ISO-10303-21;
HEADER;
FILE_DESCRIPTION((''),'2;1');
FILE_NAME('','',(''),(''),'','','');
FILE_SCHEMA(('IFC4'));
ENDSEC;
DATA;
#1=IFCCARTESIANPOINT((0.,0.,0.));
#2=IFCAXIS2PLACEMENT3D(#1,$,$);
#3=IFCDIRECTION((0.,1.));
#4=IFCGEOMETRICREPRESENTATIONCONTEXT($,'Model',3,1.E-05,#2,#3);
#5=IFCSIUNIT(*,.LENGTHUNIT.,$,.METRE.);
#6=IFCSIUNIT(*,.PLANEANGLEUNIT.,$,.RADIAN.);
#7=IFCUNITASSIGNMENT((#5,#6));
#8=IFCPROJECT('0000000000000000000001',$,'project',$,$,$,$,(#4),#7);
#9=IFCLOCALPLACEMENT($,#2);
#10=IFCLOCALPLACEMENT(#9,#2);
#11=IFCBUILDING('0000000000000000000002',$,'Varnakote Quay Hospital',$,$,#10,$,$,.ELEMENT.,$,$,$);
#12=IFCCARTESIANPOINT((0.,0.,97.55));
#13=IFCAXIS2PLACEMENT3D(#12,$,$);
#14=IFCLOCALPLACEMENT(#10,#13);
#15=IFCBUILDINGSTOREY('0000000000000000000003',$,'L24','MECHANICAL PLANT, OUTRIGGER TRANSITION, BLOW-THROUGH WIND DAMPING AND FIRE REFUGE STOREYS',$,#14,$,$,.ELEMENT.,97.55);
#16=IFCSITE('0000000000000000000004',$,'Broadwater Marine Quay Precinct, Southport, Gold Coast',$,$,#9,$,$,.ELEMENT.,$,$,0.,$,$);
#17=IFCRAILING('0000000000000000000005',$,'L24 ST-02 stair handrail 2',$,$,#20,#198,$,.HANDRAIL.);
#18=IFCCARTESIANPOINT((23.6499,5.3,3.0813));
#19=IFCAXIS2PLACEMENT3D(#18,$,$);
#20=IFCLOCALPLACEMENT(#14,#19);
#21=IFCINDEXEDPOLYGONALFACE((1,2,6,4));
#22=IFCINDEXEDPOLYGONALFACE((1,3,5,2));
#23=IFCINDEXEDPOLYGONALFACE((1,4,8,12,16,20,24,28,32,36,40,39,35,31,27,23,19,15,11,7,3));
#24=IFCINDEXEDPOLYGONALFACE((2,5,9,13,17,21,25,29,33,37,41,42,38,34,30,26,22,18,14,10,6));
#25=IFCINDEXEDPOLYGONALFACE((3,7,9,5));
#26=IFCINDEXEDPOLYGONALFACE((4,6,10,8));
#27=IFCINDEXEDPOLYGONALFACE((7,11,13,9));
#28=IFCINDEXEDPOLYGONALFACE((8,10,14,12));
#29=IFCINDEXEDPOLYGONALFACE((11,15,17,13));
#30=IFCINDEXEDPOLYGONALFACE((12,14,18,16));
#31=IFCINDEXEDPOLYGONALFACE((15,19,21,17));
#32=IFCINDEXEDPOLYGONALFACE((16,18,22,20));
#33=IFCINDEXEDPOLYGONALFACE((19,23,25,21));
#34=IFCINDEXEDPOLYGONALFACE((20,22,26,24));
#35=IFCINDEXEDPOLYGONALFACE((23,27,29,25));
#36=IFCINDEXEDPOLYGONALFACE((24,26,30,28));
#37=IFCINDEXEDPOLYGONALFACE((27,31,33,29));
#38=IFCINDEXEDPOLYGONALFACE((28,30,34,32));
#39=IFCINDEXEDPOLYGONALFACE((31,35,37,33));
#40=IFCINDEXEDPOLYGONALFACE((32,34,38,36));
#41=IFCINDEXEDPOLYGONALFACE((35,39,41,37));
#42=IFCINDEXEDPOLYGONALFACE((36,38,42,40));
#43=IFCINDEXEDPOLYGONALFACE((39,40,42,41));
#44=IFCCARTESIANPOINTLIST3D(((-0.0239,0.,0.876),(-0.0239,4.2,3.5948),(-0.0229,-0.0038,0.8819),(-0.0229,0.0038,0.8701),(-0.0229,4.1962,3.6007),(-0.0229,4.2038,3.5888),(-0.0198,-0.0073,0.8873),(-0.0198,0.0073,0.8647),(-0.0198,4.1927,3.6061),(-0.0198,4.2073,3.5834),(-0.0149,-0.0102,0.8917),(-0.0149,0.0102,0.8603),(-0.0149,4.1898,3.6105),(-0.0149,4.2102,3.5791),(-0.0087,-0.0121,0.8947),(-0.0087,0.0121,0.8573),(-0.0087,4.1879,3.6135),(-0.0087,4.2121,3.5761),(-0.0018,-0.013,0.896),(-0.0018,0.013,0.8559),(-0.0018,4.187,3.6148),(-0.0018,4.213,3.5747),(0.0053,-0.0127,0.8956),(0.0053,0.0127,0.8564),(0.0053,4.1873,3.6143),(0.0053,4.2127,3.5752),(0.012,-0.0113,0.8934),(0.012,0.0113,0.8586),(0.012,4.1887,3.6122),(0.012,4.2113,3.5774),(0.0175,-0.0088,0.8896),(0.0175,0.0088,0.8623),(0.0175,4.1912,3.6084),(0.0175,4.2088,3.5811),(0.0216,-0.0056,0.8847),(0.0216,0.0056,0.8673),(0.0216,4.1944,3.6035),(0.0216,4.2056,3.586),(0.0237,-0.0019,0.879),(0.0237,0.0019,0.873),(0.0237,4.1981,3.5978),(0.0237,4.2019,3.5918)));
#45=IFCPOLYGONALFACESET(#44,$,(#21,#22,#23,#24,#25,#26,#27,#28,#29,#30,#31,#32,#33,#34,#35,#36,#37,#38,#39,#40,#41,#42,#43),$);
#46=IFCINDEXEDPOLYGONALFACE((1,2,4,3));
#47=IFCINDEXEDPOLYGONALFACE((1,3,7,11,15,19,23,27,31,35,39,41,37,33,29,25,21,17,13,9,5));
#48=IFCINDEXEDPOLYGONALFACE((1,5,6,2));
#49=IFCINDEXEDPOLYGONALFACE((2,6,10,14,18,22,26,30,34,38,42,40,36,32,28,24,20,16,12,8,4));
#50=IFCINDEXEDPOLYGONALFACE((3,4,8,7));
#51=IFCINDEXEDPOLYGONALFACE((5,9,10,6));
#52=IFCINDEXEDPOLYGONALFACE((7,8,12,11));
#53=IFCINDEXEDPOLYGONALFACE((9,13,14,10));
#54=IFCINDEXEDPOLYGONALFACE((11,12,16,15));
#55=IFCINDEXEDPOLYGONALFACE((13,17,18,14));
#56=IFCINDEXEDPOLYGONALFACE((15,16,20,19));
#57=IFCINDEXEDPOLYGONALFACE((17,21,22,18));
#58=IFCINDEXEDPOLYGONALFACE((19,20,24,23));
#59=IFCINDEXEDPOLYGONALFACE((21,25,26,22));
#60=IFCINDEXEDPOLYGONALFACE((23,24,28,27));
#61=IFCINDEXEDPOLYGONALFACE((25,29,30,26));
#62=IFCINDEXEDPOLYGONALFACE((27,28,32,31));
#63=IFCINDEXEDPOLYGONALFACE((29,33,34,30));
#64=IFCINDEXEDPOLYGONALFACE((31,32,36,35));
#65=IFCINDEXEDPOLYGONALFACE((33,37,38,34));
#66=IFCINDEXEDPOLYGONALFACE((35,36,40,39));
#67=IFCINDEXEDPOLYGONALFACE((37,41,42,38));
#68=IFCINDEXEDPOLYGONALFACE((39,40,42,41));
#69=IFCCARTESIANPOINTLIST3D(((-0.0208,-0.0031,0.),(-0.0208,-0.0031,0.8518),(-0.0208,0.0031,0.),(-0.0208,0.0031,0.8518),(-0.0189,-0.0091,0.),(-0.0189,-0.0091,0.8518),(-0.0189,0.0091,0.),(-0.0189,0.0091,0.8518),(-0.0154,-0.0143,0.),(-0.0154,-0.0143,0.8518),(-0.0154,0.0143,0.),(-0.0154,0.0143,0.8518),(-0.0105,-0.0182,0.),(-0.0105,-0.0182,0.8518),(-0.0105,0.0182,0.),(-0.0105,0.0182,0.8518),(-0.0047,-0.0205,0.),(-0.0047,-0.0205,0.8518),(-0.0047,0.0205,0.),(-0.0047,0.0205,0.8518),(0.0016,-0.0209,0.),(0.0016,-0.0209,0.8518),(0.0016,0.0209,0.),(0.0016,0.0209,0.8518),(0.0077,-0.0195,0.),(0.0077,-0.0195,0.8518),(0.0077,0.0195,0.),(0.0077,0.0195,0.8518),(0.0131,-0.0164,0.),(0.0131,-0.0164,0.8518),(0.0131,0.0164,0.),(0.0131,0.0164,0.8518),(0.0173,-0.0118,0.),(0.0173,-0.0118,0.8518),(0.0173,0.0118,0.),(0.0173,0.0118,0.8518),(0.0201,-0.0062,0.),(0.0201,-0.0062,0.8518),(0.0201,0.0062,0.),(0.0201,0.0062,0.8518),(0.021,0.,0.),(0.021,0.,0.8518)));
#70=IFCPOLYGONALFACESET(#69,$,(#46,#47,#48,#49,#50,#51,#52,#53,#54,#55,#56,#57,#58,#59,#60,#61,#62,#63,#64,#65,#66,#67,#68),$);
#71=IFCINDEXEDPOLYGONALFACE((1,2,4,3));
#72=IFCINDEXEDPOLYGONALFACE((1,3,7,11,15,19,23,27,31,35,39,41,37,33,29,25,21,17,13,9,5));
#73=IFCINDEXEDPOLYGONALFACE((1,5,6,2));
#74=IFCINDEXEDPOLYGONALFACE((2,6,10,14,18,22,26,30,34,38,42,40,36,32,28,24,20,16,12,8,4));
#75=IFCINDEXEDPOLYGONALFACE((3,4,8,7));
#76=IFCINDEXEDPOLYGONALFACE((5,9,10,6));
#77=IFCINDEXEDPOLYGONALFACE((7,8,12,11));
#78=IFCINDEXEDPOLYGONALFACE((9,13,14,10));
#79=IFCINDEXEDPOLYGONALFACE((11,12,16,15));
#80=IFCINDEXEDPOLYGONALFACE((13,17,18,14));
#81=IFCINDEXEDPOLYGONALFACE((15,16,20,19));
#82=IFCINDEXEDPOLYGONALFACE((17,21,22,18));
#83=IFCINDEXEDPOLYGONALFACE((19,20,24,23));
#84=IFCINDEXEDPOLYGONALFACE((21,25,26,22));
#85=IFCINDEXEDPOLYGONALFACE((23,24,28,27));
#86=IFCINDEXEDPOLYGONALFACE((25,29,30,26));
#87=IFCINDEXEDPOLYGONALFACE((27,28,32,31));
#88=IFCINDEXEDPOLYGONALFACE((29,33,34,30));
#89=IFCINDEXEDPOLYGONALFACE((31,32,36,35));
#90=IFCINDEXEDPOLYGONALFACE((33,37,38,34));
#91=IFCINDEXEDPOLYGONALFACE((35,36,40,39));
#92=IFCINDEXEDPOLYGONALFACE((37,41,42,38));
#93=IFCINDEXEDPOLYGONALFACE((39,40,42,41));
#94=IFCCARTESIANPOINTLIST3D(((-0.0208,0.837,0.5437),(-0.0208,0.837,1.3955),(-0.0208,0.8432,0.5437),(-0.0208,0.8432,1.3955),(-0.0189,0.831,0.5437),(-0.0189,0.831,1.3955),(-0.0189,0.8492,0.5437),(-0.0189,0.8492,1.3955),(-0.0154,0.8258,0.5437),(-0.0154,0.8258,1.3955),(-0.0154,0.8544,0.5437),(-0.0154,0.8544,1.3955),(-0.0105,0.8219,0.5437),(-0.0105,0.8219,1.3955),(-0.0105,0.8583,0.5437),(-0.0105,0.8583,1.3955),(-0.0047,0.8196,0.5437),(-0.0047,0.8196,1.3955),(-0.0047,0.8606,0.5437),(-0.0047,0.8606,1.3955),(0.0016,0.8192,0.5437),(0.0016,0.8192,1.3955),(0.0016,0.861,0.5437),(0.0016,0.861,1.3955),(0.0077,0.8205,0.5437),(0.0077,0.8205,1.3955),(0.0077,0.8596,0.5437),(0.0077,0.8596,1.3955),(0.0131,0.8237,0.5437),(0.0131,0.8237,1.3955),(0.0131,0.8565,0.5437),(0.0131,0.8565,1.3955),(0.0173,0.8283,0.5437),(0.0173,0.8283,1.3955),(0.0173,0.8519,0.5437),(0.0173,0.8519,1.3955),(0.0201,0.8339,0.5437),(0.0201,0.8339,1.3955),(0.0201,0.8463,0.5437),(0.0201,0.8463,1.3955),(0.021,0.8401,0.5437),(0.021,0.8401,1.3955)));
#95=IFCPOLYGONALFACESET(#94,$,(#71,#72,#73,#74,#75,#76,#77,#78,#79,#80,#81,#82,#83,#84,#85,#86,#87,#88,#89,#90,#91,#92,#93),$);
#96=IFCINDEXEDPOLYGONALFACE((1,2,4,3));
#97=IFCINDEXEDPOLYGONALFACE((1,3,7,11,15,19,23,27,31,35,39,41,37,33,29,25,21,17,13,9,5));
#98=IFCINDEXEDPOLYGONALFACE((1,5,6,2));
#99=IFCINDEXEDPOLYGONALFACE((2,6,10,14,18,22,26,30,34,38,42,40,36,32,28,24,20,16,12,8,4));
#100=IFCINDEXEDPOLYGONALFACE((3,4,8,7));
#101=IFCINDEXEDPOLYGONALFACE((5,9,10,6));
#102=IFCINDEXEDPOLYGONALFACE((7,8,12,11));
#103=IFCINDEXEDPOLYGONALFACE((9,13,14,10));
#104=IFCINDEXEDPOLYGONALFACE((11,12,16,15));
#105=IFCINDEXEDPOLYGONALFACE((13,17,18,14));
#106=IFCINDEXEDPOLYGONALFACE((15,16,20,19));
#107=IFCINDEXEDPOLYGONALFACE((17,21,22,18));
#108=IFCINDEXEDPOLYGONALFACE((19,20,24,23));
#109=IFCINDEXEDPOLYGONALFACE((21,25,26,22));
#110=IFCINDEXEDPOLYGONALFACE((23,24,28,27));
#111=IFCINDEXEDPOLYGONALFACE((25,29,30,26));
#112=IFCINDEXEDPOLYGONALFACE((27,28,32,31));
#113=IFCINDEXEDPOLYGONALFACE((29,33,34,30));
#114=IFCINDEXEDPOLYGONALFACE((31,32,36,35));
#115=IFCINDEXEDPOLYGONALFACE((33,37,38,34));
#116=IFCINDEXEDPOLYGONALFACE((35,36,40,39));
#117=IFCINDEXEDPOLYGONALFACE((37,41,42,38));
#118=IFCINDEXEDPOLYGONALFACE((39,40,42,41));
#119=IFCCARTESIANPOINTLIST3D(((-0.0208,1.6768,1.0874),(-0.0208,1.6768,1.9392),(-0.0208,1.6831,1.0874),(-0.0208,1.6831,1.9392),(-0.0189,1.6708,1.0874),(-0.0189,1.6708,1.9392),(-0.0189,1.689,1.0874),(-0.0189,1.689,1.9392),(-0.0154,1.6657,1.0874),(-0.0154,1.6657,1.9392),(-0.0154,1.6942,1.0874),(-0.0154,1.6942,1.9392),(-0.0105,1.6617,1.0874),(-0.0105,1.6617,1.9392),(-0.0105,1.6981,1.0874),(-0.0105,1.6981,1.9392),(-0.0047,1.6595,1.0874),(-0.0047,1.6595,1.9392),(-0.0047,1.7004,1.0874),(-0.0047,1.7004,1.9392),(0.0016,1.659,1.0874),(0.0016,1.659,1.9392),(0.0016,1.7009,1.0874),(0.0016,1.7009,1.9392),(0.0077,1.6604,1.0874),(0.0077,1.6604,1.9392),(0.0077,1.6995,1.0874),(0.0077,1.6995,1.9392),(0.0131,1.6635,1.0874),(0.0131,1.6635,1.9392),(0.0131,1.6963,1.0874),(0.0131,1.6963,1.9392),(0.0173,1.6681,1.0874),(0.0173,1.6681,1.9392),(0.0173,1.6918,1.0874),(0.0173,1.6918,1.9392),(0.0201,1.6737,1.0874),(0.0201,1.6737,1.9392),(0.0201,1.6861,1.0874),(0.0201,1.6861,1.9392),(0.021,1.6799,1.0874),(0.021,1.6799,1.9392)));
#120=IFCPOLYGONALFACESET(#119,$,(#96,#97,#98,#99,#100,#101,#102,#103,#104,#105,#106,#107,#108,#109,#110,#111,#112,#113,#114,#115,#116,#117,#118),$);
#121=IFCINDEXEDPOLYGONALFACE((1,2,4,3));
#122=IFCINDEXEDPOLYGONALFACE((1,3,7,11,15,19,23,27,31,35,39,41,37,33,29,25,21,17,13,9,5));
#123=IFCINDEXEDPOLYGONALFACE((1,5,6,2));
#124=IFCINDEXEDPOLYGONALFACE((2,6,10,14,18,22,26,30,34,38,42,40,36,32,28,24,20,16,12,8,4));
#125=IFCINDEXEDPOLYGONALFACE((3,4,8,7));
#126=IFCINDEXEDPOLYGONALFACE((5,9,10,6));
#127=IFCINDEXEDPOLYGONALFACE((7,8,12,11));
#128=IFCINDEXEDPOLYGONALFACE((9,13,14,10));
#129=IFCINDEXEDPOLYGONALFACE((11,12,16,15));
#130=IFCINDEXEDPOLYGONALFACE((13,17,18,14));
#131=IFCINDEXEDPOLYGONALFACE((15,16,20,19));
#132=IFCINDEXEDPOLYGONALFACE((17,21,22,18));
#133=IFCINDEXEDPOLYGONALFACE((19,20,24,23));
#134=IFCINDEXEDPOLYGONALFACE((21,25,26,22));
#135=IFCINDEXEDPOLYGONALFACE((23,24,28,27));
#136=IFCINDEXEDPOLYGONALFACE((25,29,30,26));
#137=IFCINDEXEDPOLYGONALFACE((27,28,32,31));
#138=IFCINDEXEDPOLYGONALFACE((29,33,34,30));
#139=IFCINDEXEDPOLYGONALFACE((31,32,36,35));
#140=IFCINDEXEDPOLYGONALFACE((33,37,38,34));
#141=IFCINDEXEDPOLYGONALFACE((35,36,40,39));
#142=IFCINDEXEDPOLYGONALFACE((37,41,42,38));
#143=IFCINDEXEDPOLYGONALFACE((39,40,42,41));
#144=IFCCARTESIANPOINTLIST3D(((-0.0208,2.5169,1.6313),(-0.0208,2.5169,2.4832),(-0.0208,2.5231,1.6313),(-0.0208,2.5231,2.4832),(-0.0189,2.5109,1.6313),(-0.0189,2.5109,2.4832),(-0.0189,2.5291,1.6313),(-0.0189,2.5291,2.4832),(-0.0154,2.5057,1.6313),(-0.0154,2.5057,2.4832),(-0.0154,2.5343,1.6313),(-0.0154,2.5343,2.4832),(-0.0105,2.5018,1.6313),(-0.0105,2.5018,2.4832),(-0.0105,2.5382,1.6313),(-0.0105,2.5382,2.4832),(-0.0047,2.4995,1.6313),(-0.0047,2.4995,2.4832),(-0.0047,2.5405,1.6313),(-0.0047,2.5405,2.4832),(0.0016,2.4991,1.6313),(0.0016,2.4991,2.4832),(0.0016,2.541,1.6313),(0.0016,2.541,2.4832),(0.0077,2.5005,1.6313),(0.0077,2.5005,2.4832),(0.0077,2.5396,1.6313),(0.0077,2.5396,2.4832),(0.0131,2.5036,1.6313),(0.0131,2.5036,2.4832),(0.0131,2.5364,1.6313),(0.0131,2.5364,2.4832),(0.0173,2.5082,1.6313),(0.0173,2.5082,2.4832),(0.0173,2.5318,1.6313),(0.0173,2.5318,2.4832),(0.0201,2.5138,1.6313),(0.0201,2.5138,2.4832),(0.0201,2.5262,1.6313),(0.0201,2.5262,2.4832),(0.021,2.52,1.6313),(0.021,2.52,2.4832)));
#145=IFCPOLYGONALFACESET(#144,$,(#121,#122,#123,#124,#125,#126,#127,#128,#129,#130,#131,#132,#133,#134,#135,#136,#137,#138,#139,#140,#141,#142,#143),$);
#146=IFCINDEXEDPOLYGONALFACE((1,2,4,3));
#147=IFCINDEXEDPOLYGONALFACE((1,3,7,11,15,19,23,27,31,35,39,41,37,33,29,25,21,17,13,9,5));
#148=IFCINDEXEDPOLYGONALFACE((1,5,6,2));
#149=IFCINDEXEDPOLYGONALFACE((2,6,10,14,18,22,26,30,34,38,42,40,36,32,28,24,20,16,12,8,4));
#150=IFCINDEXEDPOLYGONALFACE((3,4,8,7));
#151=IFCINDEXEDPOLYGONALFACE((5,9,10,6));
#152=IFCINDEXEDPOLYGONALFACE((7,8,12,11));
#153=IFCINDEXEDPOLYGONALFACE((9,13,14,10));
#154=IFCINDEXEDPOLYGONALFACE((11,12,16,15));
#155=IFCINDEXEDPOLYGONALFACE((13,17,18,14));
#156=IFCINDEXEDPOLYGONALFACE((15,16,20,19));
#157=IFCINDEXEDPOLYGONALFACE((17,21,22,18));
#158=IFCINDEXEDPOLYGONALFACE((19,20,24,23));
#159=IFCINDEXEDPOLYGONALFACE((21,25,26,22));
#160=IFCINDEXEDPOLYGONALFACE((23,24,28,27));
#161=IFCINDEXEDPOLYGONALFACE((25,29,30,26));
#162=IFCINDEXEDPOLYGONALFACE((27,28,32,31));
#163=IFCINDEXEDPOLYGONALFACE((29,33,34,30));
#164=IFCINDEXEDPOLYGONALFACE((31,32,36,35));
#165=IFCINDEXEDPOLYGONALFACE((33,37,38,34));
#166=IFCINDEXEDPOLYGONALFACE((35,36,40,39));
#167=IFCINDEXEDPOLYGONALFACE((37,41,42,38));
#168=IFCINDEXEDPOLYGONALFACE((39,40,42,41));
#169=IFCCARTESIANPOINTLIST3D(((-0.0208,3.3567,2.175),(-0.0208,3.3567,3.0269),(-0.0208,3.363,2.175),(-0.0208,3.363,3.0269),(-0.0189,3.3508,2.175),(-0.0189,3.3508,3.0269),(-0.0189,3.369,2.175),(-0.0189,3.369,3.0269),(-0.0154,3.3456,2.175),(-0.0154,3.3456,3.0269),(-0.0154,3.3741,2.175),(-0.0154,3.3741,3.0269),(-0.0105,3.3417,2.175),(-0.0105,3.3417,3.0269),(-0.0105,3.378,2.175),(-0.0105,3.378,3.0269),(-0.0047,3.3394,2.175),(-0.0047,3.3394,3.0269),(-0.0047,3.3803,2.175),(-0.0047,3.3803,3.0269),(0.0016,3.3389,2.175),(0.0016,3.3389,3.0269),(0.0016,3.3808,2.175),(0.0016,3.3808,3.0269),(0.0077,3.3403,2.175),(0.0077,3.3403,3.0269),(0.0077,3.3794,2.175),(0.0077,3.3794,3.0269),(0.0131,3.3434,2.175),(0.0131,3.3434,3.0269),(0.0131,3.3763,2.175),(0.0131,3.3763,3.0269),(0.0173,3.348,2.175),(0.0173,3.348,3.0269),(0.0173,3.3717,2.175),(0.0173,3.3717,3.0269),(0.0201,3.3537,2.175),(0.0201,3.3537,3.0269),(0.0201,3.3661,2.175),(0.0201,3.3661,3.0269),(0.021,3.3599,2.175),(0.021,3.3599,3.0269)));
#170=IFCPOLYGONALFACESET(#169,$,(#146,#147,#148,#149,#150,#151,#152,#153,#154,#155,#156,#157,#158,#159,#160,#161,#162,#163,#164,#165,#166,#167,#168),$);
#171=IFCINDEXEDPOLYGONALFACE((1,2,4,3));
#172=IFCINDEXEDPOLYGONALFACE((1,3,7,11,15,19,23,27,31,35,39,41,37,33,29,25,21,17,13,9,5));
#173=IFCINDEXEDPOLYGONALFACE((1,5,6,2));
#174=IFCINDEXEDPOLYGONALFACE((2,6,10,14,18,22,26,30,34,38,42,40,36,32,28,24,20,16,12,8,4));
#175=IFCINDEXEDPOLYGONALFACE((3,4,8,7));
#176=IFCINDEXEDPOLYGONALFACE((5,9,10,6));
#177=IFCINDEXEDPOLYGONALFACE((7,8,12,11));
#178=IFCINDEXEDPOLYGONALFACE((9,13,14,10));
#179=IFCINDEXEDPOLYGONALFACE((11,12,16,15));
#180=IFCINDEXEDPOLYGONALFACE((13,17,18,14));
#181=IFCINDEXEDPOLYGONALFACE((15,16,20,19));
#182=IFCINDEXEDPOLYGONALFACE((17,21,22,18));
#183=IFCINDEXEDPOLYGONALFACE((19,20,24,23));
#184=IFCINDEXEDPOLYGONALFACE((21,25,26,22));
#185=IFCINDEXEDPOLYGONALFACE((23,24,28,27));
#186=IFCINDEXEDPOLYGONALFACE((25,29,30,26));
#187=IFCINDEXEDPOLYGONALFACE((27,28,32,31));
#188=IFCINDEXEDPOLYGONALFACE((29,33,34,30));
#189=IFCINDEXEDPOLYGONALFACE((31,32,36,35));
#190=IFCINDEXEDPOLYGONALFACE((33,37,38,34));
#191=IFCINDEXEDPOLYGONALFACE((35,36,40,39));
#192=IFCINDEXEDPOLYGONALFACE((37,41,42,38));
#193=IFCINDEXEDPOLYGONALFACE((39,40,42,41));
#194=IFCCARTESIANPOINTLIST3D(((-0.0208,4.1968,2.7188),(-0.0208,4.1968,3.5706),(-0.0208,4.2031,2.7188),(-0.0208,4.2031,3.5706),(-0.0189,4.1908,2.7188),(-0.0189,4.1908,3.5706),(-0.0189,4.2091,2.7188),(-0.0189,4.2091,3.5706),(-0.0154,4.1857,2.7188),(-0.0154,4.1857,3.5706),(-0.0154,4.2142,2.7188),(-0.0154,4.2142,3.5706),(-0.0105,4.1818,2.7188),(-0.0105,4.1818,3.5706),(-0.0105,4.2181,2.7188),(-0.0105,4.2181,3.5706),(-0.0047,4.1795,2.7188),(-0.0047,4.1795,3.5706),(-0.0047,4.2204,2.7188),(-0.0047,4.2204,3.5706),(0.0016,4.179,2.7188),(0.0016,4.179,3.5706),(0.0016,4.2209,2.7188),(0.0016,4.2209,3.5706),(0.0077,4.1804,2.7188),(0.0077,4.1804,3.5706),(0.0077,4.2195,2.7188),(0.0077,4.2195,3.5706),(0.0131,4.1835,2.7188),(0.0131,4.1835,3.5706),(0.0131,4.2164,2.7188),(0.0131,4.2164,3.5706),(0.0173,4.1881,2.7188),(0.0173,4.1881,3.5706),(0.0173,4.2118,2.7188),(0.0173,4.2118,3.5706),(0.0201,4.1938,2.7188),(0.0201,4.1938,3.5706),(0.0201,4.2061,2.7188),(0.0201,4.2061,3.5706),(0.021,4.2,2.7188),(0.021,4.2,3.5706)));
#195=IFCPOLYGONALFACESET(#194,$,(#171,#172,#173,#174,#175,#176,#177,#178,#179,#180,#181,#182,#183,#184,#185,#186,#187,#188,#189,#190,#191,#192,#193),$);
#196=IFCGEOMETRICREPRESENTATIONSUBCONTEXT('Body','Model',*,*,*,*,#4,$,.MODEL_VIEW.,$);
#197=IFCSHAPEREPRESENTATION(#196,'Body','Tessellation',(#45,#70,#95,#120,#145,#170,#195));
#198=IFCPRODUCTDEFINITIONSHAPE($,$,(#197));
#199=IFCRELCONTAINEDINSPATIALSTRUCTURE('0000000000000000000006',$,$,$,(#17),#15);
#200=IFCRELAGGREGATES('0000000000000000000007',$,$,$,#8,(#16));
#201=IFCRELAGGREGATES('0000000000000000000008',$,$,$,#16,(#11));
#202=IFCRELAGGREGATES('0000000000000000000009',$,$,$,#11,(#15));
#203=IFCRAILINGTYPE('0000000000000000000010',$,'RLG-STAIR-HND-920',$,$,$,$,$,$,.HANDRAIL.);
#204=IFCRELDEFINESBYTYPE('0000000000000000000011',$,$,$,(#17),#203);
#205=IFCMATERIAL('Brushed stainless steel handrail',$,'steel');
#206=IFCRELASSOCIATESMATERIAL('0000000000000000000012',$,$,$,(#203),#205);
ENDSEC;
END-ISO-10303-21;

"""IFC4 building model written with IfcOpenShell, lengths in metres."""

from ifc_helpers import new_model, si_unit, direction, frame, origin, origin_2d, place, context, subcontext, project, spatial, circle, extrude, material, type_object, element, save


model = new_model("IFC4")

# Units and contexts
model_context = context("Model", 3, precision=1e-05, world=origin(), true_north=direction((0.0, 1.0)))
body_context = subcontext(model_context, "Body", "Model", "MODEL_VIEW")
ifc_project = project(units=[si_unit("LENGTHUNIT", "METRE"), si_unit("PLANEANGLEUNIT", "RADIAN")], contexts=[model_context])

# Site, building, storey
site_placement = place(None, origin())
site = spatial("IfcSite", under=ifc_project, at=site_placement, Name="Broadwater Marine Quay Precinct, Southport, Gold Coast", CompositionType="ELEMENT", RefElevation=0.0)
building_placement = place(site_placement, origin())
building = spatial("IfcBuilding", under=site, at=building_placement, Name="Varnakote Quay Hospital", CompositionType="ELEMENT")
storey_placement = place(building_placement, frame((0.0, 0.0, 97.55)))
storey = spatial("IfcBuildingStorey", under=building, at=storey_placement, Name="L24", Description="MECHANICAL PLANT, OUTRIGGER TRANSITION, BLOW-THROUGH WIND DAMPING AND FIRE REFUGE STOREYS", CompositionType="ELEMENT", Elevation=97.55)

# Railing
ifc_material_1 = material(Name="Brushed stainless steel handrail", Category="steel")
railing_type_1 = type_object("IfcRailingType", Name="RLG-STAIR-HND-920", PredefinedType="HANDRAIL", material=ifc_material_1)
railing_1_placement = place(storey_placement, frame((23.6499, 5.3, 3.0813)))
element("IfcRailing", 1, at=railing_1_placement, inside=storey, type_object=railing_type_1, Name="L24 ST-02 stair handrail 2", PredefinedType="HANDRAIL", context=body_context, shape_type="SweptSolid", body=[
    extrude(circle(Radius=0.0239, at=origin_2d()), frame((0.0, 0.0, 0.876), z_axis=(0.0, 0.839467, 0.543411), x_axis=(-1.0, 0.0, 0.0)), (0.0, 0.0, 1.0), 5.0032),
    extrude(circle(Radius=0.021, at=origin_2d()), origin(), (0.0, 0.0, 1.0), 0.8518),
    extrude(circle(Radius=0.021, at=origin_2d()), frame((0.0, 0.8401, 0.5437)), (0.0, 0.0, 1.0), 0.8518),
    extrude(circle(Radius=0.021, at=origin_2d()), frame((0.0, 1.6799, 1.0874)), (0.0, 0.0, 1.0), 0.8518),
    extrude(circle(Radius=0.021, at=origin_2d()), frame((0.0, 2.52, 1.6313)), (0.0, 0.0, 1.0), 0.8518),
    extrude(circle(Radius=0.021, at=origin_2d()), frame((0.0, 3.3599, 2.175)), (0.0, 0.0, 1.0), 0.8518),
    extrude(circle(Radius=0.021, at=origin_2d()), frame((0.0, 4.2, 2.7188)), (0.0, 0.0, 1.0), 0.8518),
])

save(model, "model.ifc")
